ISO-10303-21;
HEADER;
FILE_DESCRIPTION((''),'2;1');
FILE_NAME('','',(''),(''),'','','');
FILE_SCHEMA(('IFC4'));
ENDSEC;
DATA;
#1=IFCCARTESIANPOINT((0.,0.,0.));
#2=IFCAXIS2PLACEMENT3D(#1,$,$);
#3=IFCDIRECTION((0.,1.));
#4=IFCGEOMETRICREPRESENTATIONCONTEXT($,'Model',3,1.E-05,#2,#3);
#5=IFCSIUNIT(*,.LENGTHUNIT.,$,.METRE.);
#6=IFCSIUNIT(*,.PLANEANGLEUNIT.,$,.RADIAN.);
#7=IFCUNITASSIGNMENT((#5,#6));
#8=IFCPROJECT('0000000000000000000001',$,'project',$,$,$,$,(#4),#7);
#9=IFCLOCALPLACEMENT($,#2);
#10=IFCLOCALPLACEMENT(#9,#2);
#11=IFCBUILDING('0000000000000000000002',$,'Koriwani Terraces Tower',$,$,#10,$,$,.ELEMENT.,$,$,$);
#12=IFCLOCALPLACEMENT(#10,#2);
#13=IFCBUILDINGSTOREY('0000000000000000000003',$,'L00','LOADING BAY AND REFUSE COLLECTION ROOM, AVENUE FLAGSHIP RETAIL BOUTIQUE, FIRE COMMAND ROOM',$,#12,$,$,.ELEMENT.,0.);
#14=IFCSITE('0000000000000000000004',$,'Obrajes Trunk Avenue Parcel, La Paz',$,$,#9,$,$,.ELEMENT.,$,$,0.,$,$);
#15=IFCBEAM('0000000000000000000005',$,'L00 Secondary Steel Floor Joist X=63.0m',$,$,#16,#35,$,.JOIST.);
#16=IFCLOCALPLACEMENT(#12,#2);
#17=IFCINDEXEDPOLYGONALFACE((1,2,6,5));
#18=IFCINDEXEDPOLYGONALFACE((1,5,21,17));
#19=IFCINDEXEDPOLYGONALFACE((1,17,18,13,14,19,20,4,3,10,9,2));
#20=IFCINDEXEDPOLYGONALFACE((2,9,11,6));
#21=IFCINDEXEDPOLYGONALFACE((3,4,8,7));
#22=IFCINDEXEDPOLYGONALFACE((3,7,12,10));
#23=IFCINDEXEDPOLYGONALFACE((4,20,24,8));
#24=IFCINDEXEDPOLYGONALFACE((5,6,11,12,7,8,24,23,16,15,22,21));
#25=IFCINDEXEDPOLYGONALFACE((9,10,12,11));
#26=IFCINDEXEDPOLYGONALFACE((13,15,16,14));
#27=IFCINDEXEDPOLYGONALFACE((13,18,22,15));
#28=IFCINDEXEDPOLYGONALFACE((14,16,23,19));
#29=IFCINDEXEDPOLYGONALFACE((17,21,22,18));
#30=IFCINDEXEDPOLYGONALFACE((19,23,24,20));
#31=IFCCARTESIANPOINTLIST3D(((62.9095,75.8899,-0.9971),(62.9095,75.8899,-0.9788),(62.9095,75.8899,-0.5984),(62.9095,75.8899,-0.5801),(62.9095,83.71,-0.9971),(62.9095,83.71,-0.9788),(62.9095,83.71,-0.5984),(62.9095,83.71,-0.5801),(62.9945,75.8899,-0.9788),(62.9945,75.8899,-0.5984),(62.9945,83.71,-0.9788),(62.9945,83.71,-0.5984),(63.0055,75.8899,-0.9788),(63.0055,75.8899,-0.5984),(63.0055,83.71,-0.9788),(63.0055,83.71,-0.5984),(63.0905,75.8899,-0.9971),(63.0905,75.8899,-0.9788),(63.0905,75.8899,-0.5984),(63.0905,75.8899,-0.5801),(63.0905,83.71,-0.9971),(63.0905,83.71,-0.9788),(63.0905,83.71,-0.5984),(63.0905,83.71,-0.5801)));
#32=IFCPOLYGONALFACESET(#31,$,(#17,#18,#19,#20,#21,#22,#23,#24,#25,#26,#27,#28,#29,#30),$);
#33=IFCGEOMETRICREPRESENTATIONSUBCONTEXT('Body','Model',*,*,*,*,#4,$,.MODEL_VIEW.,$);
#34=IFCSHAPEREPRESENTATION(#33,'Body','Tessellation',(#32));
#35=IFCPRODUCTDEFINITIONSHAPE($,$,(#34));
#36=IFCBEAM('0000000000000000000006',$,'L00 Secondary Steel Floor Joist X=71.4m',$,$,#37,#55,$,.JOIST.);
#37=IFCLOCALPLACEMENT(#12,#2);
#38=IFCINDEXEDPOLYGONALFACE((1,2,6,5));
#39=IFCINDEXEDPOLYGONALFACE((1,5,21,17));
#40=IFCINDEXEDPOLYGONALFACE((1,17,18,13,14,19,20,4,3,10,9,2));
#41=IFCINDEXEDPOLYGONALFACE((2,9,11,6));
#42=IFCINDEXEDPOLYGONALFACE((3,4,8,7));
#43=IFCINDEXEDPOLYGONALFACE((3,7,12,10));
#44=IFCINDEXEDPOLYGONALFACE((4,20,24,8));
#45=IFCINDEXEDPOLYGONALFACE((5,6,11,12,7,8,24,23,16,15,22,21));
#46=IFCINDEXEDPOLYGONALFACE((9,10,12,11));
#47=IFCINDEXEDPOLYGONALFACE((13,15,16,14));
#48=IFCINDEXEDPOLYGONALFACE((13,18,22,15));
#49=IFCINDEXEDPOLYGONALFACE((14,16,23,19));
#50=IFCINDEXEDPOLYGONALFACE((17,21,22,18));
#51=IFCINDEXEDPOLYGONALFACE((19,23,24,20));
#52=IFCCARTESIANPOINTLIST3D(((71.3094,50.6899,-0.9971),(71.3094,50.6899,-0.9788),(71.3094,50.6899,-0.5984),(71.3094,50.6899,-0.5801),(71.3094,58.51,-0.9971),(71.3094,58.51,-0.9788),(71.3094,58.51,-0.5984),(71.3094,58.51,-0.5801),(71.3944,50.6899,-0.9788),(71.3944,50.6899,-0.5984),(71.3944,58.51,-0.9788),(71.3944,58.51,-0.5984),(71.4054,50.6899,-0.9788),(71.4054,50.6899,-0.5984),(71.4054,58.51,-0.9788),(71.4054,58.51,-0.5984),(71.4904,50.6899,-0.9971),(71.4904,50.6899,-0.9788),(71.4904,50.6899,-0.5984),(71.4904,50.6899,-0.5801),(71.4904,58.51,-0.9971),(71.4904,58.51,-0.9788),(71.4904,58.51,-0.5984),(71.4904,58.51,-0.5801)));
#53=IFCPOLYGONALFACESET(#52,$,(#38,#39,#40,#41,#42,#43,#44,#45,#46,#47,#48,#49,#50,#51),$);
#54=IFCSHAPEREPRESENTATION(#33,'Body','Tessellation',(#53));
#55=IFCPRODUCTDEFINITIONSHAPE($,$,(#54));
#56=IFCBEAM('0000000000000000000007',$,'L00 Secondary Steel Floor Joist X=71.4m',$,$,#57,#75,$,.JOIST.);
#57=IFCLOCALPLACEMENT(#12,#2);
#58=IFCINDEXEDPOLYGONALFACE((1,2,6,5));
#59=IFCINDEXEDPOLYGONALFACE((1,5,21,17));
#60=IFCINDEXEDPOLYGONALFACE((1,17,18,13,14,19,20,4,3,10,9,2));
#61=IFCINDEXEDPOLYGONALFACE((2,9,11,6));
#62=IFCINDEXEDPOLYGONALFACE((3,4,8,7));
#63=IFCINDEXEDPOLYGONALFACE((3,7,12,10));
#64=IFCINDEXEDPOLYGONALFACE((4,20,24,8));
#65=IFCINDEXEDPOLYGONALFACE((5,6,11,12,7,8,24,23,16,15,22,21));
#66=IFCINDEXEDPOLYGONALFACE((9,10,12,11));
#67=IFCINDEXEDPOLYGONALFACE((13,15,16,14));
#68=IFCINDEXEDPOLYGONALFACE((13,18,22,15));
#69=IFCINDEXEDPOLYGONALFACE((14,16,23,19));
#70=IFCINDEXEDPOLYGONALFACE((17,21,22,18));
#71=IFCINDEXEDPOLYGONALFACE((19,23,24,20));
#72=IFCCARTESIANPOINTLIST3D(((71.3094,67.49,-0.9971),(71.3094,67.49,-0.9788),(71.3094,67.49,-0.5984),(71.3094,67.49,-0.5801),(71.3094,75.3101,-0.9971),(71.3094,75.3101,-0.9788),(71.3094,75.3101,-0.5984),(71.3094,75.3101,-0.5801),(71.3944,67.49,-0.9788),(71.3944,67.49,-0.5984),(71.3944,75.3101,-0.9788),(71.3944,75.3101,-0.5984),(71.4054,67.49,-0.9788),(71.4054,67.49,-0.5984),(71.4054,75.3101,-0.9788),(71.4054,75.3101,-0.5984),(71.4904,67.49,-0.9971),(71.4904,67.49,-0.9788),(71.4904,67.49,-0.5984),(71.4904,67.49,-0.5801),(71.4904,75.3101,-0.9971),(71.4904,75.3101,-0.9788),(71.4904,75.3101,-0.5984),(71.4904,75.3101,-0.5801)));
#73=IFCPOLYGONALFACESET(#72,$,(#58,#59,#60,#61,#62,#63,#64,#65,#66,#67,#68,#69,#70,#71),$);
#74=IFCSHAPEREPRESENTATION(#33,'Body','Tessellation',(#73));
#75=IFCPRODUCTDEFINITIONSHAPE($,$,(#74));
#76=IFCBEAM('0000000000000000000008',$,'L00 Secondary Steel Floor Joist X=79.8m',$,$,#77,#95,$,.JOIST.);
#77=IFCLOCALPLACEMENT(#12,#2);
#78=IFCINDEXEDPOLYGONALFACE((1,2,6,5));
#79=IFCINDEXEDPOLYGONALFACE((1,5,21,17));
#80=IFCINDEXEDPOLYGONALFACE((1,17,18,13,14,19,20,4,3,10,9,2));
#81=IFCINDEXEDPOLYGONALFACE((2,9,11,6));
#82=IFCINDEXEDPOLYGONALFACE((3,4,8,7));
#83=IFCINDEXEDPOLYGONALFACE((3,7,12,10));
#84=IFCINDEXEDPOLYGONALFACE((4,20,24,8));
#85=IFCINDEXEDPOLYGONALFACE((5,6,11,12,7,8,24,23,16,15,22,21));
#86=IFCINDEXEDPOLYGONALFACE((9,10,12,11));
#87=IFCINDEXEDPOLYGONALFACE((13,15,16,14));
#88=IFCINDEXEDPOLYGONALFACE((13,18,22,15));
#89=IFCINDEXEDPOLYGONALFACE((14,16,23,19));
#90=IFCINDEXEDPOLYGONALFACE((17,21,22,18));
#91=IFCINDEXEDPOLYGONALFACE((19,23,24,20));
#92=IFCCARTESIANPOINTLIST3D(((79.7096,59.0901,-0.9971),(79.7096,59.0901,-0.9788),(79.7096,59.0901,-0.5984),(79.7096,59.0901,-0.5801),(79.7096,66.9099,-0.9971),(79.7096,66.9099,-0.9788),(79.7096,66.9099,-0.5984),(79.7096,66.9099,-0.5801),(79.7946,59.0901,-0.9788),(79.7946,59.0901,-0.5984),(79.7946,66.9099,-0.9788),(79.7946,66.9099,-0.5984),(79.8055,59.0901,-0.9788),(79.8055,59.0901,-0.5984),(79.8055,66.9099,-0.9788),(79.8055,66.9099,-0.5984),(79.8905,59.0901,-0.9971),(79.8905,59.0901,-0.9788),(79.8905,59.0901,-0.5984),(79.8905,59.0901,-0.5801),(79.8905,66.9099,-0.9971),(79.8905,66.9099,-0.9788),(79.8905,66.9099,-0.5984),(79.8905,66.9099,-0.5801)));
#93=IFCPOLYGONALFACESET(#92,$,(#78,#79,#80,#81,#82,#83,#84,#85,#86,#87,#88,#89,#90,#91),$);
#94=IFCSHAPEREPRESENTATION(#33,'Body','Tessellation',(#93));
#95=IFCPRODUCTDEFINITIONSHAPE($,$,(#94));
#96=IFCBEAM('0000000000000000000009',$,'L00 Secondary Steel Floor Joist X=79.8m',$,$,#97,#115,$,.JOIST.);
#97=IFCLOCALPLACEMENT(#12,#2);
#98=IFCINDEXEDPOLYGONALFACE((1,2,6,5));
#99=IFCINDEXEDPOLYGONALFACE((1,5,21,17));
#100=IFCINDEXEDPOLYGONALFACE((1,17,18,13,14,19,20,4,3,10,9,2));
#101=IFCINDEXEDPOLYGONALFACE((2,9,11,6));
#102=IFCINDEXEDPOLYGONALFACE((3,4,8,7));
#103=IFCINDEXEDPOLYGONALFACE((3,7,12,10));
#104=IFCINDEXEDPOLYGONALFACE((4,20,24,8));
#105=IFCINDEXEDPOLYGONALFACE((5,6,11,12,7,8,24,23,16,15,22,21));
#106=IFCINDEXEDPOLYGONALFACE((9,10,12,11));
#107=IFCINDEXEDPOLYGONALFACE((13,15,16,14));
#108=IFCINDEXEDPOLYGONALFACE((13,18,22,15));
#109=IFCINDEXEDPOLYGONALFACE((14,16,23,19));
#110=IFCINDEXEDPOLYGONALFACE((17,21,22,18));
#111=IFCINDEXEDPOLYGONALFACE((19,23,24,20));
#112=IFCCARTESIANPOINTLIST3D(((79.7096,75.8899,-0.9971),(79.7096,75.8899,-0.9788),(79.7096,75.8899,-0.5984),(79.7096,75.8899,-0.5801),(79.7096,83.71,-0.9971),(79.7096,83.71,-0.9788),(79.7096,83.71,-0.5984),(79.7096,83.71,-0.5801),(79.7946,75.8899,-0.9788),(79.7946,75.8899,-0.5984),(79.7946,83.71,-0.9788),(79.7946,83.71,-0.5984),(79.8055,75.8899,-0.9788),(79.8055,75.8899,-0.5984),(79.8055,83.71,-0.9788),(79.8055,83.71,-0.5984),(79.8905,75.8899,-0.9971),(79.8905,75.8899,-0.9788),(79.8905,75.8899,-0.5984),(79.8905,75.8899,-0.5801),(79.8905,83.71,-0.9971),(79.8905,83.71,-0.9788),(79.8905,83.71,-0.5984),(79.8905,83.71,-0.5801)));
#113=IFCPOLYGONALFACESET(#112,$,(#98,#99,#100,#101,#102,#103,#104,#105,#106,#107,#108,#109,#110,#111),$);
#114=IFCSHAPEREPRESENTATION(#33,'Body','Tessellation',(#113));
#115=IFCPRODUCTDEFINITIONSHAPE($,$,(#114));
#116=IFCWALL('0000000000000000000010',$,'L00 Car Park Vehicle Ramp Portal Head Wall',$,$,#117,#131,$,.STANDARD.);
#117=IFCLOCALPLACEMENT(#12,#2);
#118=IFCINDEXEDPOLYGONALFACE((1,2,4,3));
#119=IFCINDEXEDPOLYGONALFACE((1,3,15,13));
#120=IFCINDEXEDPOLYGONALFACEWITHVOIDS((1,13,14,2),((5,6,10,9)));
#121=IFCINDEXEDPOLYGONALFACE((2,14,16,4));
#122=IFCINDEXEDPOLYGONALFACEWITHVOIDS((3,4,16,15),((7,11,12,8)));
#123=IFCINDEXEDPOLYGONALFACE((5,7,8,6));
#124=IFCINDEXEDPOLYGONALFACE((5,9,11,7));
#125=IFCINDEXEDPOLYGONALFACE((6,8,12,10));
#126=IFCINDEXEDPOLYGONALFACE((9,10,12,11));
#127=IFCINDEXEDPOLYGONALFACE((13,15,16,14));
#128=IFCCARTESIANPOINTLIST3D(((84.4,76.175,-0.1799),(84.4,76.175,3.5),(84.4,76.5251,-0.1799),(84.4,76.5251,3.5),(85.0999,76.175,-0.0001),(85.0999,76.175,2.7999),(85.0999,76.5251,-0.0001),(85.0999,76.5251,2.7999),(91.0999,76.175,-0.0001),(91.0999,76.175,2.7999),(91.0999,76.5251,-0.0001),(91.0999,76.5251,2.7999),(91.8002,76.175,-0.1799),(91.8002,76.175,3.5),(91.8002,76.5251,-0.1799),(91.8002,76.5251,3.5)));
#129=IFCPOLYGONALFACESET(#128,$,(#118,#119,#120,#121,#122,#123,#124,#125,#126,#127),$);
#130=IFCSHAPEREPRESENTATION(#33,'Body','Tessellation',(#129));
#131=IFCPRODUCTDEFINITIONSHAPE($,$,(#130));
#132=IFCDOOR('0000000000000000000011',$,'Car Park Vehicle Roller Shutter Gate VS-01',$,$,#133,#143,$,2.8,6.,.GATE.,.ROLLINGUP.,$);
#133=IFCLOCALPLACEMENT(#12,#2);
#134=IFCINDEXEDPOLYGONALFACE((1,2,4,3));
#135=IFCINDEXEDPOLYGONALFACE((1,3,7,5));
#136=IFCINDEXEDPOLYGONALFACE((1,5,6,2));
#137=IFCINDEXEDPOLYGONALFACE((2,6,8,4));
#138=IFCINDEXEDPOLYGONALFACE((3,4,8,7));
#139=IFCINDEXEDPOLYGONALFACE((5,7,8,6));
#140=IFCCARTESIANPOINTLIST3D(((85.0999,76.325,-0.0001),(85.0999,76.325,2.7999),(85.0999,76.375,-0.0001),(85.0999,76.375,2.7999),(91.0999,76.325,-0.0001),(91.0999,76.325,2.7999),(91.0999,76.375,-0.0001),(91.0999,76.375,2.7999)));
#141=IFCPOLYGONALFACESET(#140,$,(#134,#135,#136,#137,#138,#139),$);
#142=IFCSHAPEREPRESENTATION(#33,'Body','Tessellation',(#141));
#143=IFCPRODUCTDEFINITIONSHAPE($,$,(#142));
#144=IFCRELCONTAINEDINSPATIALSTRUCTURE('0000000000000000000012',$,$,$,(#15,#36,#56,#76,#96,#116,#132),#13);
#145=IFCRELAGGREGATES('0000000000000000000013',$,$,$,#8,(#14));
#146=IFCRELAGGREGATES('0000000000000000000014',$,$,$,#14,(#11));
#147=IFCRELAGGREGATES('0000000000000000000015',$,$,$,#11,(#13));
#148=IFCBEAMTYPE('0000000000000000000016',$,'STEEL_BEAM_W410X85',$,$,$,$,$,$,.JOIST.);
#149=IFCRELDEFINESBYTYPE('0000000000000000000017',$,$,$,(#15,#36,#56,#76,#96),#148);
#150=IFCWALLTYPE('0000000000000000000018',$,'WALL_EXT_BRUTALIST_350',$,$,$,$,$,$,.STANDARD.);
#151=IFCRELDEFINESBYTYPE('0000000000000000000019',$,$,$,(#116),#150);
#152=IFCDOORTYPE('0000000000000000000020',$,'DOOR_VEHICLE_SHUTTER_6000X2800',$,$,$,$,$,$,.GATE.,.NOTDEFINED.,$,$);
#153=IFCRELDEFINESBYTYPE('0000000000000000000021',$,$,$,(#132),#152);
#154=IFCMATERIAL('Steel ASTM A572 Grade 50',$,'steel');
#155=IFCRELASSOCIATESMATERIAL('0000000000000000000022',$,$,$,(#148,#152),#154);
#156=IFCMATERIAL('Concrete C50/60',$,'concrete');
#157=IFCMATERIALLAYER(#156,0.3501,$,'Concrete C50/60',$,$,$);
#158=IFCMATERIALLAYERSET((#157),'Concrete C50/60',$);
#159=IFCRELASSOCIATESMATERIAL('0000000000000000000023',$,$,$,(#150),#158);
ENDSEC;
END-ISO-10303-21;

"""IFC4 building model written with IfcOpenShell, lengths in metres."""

from ifc_helpers import new_model, si_unit, direction, frame, frame_2d, origin, origin_2d, place, context, subcontext, project, spatial, rectangle, i_section, extrude, material, layer, layer_set, material_profile, profile_set, type_object, element, fill, save


model = new_model("IFC4")

# Units and contexts
model_context = context("Model", 3, precision=1e-05, world=origin(), true_north=direction((0.0, 1.0)))
body_context = subcontext(model_context, "Body", "Model", "MODEL_VIEW")
ifc_project = project(units=[si_unit("LENGTHUNIT", "METRE"), si_unit("PLANEANGLEUNIT", "RADIAN")], contexts=[model_context])

# Site, building, storey
site_placement = place(None, origin())
site = spatial("IfcSite", under=ifc_project, at=site_placement, Name="Obrajes Trunk Avenue Parcel, La Paz", CompositionType="ELEMENT", RefElevation=0.0)
building_placement = place(site_placement, origin())
building = spatial("IfcBuilding", under=site, at=building_placement, Name="Koriwani Terraces Tower", CompositionType="ELEMENT")
storey_placement = place(building_placement, origin())
storey = spatial("IfcBuildingStorey", under=building, at=storey_placement, Name="L00", Description="LOADING BAY AND REFUSE COLLECTION ROOM, AVENUE FLAGSHIP RETAIL BOUTIQUE, FIRE COMMAND ROOM", CompositionType="ELEMENT", Elevation=0.0)

# Beams
ifc_material_1 = material(Name="Steel ASTM A572 Grade 50", Category="steel")
ifc_material_profile_1 = material_profile(ifc_material_1, i_section(OverallWidth=0.1809, OverallDepth=0.417, WebThickness=0.011, FlangeThickness=0.0183, at=origin_2d()), Name="Steel ASTM A572 Grade 50", Category="LoadBearing")
ifc_profile_set_1 = profile_set([ifc_material_profile_1], Name="Steel ASTM A572 Grade 50")
beam_type_1 = type_object("IfcBeamType", Name="STEEL_BEAM_W410X85", PredefinedType="JOIST", material=ifc_profile_set_1)
for number, where, z_axis, x_axis, name in (
    (1, (63.0, 75.8899, -0.7886), (0.0, 1.0, 0.0), (-1.0, 0.0, 0.0), "L00 Secondary Steel Floor Joist X=63.0m"),
    (2, (71.3999, 50.6899, -0.7886), (0.0, 1.0, 0.0), (-1.0, 0.0, 0.0), "L00 Secondary Steel Floor Joist X=71.4m"),
    (3, (71.3999, 67.49, -0.7886), (0.0, 1.0, 0.0), (-1.0, 0.0, 0.0), "L00 Secondary Steel Floor Joist X=71.4m"),
):
    element("IfcBeam", number, at=place(storey_placement, frame(where, z_axis=z_axis, x_axis=x_axis)), inside=storey, type_object=beam_type_1, Name=name, PredefinedType="JOIST", context=body_context, shape_type="SweptSolid", body=[
        extrude(i_section(OverallWidth=0.1809, OverallDepth=0.417, WebThickness=0.011, FlangeThickness=0.0183, at=origin_2d()), origin(), (0.0, 0.0, 1.0), 7.8201),
    ])
beam_1_placement = place(storey_placement, frame((79.8, 59.0901, -0.7886), z_axis=(0.0, 1.0, 0.0), x_axis=(-1.0, 0.0, 0.0)))
element("IfcBeam", 4, at=beam_1_placement, inside=storey, type_object=beam_type_1, Name="L00 Secondary Steel Floor Joist X=79.8m", PredefinedType="JOIST", context=body_context, shape_type="SweptSolid", body=[
    extrude(i_section(OverallWidth=0.1809, OverallDepth=0.417, WebThickness=0.011, FlangeThickness=0.0183, at=origin_2d()), origin(), (0.0, 0.0, 1.0), 7.8198),
])
beam_2_placement = place(storey_placement, frame((79.8, 75.8899, -0.7886), z_axis=(0.0, 1.0, 0.0), x_axis=(-1.0, 0.0, 0.0)))
element("IfcBeam", 5, at=beam_2_placement, inside=storey, type_object=beam_type_1, Name="L00 Secondary Steel Floor Joist X=79.8m", PredefinedType="JOIST", context=body_context, shape_type="SweptSolid", body=[
    extrude(i_section(OverallWidth=0.1809, OverallDepth=0.417, WebThickness=0.011, FlangeThickness=0.0183, at=origin_2d()), origin(), (0.0, 0.0, 1.0), 7.8201),
])

# Wall, opening, door
ifc_material_2 = material(Name="Concrete C50/60", Category="concrete")
ifc_layer = layer(ifc_material_2, 0.3501, Name="Concrete C50/60")
ifc_layer_set = layer_set([ifc_layer], Name="Concrete C50/60")
wall_type = type_object("IfcWallType", Name="WALL_EXT_BRUTALIST_350", PredefinedType="STANDARD", material=ifc_layer_set)
wall_placement = place(storey_placement, frame((84.3999, 76.3501, -0.1799), z_axis=(0.0, 0.0, 1.0), x_axis=(1.0, 0.0, 0.0)))
wall = element("IfcWall", 6, at=wall_placement, inside=storey, type_object=wall_type, Name="L00 Car Park Vehicle Ramp Portal Head Wall", PredefinedType="STANDARD", context=body_context, shape_type="SweptSolid", body=[
    extrude(rectangle(XDim=7.4001, YDim=0.3501, at=frame_2d((3.7002, 0.0))), origin(), (0.0, 0.0, 1.0), 3.6799),
])
opening_placement = place(wall_placement, frame((0.7, 0.0, 0.1799)))
opening = element("IfcOpeningElement", 7, at=opening_placement, cuts=wall, PredefinedType="OPENING", context=body_context, shape_type="SweptSolid", body=[
    extrude(rectangle(XDim=6.0, YDim=2.8, at=frame_2d((3.0, 1.3999))), frame((0.0, 0.1851, 0.0), z_axis=(0.0, -1.0, 0.0), x_axis=(1.0, 0.0, 0.0)), (0.0, 0.0, 1.0), 0.3701),
])
door_type = type_object("IfcDoorType", Name="DOOR_VEHICLE_SHUTTER_6000X2800", OperationType="NOTDEFINED", PredefinedType="GATE", material=ifc_material_1)
door_placement = place(opening_placement, origin())
door = element("IfcDoor", 8, at=door_placement, inside=storey, type_object=door_type, Name="Car Park Vehicle Roller Shutter Gate VS-01", OperationType="ROLLINGUP", OverallHeight=2.8, OverallWidth=6.0, PredefinedType="GATE", context=body_context, shape_type="SweptSolid", body=[
    extrude(rectangle(XDim=6.0, YDim=2.8, at=frame_2d((3.0, 1.3999))), frame((0.0, 0.0249, 0.0), z_axis=(0.0, -1.0, 0.0), x_axis=(1.0, 0.0, 0.0)), (0.0, 0.0, 1.0), 0.05),
])
fill(opening, door)

save(model, "model.ifc")
